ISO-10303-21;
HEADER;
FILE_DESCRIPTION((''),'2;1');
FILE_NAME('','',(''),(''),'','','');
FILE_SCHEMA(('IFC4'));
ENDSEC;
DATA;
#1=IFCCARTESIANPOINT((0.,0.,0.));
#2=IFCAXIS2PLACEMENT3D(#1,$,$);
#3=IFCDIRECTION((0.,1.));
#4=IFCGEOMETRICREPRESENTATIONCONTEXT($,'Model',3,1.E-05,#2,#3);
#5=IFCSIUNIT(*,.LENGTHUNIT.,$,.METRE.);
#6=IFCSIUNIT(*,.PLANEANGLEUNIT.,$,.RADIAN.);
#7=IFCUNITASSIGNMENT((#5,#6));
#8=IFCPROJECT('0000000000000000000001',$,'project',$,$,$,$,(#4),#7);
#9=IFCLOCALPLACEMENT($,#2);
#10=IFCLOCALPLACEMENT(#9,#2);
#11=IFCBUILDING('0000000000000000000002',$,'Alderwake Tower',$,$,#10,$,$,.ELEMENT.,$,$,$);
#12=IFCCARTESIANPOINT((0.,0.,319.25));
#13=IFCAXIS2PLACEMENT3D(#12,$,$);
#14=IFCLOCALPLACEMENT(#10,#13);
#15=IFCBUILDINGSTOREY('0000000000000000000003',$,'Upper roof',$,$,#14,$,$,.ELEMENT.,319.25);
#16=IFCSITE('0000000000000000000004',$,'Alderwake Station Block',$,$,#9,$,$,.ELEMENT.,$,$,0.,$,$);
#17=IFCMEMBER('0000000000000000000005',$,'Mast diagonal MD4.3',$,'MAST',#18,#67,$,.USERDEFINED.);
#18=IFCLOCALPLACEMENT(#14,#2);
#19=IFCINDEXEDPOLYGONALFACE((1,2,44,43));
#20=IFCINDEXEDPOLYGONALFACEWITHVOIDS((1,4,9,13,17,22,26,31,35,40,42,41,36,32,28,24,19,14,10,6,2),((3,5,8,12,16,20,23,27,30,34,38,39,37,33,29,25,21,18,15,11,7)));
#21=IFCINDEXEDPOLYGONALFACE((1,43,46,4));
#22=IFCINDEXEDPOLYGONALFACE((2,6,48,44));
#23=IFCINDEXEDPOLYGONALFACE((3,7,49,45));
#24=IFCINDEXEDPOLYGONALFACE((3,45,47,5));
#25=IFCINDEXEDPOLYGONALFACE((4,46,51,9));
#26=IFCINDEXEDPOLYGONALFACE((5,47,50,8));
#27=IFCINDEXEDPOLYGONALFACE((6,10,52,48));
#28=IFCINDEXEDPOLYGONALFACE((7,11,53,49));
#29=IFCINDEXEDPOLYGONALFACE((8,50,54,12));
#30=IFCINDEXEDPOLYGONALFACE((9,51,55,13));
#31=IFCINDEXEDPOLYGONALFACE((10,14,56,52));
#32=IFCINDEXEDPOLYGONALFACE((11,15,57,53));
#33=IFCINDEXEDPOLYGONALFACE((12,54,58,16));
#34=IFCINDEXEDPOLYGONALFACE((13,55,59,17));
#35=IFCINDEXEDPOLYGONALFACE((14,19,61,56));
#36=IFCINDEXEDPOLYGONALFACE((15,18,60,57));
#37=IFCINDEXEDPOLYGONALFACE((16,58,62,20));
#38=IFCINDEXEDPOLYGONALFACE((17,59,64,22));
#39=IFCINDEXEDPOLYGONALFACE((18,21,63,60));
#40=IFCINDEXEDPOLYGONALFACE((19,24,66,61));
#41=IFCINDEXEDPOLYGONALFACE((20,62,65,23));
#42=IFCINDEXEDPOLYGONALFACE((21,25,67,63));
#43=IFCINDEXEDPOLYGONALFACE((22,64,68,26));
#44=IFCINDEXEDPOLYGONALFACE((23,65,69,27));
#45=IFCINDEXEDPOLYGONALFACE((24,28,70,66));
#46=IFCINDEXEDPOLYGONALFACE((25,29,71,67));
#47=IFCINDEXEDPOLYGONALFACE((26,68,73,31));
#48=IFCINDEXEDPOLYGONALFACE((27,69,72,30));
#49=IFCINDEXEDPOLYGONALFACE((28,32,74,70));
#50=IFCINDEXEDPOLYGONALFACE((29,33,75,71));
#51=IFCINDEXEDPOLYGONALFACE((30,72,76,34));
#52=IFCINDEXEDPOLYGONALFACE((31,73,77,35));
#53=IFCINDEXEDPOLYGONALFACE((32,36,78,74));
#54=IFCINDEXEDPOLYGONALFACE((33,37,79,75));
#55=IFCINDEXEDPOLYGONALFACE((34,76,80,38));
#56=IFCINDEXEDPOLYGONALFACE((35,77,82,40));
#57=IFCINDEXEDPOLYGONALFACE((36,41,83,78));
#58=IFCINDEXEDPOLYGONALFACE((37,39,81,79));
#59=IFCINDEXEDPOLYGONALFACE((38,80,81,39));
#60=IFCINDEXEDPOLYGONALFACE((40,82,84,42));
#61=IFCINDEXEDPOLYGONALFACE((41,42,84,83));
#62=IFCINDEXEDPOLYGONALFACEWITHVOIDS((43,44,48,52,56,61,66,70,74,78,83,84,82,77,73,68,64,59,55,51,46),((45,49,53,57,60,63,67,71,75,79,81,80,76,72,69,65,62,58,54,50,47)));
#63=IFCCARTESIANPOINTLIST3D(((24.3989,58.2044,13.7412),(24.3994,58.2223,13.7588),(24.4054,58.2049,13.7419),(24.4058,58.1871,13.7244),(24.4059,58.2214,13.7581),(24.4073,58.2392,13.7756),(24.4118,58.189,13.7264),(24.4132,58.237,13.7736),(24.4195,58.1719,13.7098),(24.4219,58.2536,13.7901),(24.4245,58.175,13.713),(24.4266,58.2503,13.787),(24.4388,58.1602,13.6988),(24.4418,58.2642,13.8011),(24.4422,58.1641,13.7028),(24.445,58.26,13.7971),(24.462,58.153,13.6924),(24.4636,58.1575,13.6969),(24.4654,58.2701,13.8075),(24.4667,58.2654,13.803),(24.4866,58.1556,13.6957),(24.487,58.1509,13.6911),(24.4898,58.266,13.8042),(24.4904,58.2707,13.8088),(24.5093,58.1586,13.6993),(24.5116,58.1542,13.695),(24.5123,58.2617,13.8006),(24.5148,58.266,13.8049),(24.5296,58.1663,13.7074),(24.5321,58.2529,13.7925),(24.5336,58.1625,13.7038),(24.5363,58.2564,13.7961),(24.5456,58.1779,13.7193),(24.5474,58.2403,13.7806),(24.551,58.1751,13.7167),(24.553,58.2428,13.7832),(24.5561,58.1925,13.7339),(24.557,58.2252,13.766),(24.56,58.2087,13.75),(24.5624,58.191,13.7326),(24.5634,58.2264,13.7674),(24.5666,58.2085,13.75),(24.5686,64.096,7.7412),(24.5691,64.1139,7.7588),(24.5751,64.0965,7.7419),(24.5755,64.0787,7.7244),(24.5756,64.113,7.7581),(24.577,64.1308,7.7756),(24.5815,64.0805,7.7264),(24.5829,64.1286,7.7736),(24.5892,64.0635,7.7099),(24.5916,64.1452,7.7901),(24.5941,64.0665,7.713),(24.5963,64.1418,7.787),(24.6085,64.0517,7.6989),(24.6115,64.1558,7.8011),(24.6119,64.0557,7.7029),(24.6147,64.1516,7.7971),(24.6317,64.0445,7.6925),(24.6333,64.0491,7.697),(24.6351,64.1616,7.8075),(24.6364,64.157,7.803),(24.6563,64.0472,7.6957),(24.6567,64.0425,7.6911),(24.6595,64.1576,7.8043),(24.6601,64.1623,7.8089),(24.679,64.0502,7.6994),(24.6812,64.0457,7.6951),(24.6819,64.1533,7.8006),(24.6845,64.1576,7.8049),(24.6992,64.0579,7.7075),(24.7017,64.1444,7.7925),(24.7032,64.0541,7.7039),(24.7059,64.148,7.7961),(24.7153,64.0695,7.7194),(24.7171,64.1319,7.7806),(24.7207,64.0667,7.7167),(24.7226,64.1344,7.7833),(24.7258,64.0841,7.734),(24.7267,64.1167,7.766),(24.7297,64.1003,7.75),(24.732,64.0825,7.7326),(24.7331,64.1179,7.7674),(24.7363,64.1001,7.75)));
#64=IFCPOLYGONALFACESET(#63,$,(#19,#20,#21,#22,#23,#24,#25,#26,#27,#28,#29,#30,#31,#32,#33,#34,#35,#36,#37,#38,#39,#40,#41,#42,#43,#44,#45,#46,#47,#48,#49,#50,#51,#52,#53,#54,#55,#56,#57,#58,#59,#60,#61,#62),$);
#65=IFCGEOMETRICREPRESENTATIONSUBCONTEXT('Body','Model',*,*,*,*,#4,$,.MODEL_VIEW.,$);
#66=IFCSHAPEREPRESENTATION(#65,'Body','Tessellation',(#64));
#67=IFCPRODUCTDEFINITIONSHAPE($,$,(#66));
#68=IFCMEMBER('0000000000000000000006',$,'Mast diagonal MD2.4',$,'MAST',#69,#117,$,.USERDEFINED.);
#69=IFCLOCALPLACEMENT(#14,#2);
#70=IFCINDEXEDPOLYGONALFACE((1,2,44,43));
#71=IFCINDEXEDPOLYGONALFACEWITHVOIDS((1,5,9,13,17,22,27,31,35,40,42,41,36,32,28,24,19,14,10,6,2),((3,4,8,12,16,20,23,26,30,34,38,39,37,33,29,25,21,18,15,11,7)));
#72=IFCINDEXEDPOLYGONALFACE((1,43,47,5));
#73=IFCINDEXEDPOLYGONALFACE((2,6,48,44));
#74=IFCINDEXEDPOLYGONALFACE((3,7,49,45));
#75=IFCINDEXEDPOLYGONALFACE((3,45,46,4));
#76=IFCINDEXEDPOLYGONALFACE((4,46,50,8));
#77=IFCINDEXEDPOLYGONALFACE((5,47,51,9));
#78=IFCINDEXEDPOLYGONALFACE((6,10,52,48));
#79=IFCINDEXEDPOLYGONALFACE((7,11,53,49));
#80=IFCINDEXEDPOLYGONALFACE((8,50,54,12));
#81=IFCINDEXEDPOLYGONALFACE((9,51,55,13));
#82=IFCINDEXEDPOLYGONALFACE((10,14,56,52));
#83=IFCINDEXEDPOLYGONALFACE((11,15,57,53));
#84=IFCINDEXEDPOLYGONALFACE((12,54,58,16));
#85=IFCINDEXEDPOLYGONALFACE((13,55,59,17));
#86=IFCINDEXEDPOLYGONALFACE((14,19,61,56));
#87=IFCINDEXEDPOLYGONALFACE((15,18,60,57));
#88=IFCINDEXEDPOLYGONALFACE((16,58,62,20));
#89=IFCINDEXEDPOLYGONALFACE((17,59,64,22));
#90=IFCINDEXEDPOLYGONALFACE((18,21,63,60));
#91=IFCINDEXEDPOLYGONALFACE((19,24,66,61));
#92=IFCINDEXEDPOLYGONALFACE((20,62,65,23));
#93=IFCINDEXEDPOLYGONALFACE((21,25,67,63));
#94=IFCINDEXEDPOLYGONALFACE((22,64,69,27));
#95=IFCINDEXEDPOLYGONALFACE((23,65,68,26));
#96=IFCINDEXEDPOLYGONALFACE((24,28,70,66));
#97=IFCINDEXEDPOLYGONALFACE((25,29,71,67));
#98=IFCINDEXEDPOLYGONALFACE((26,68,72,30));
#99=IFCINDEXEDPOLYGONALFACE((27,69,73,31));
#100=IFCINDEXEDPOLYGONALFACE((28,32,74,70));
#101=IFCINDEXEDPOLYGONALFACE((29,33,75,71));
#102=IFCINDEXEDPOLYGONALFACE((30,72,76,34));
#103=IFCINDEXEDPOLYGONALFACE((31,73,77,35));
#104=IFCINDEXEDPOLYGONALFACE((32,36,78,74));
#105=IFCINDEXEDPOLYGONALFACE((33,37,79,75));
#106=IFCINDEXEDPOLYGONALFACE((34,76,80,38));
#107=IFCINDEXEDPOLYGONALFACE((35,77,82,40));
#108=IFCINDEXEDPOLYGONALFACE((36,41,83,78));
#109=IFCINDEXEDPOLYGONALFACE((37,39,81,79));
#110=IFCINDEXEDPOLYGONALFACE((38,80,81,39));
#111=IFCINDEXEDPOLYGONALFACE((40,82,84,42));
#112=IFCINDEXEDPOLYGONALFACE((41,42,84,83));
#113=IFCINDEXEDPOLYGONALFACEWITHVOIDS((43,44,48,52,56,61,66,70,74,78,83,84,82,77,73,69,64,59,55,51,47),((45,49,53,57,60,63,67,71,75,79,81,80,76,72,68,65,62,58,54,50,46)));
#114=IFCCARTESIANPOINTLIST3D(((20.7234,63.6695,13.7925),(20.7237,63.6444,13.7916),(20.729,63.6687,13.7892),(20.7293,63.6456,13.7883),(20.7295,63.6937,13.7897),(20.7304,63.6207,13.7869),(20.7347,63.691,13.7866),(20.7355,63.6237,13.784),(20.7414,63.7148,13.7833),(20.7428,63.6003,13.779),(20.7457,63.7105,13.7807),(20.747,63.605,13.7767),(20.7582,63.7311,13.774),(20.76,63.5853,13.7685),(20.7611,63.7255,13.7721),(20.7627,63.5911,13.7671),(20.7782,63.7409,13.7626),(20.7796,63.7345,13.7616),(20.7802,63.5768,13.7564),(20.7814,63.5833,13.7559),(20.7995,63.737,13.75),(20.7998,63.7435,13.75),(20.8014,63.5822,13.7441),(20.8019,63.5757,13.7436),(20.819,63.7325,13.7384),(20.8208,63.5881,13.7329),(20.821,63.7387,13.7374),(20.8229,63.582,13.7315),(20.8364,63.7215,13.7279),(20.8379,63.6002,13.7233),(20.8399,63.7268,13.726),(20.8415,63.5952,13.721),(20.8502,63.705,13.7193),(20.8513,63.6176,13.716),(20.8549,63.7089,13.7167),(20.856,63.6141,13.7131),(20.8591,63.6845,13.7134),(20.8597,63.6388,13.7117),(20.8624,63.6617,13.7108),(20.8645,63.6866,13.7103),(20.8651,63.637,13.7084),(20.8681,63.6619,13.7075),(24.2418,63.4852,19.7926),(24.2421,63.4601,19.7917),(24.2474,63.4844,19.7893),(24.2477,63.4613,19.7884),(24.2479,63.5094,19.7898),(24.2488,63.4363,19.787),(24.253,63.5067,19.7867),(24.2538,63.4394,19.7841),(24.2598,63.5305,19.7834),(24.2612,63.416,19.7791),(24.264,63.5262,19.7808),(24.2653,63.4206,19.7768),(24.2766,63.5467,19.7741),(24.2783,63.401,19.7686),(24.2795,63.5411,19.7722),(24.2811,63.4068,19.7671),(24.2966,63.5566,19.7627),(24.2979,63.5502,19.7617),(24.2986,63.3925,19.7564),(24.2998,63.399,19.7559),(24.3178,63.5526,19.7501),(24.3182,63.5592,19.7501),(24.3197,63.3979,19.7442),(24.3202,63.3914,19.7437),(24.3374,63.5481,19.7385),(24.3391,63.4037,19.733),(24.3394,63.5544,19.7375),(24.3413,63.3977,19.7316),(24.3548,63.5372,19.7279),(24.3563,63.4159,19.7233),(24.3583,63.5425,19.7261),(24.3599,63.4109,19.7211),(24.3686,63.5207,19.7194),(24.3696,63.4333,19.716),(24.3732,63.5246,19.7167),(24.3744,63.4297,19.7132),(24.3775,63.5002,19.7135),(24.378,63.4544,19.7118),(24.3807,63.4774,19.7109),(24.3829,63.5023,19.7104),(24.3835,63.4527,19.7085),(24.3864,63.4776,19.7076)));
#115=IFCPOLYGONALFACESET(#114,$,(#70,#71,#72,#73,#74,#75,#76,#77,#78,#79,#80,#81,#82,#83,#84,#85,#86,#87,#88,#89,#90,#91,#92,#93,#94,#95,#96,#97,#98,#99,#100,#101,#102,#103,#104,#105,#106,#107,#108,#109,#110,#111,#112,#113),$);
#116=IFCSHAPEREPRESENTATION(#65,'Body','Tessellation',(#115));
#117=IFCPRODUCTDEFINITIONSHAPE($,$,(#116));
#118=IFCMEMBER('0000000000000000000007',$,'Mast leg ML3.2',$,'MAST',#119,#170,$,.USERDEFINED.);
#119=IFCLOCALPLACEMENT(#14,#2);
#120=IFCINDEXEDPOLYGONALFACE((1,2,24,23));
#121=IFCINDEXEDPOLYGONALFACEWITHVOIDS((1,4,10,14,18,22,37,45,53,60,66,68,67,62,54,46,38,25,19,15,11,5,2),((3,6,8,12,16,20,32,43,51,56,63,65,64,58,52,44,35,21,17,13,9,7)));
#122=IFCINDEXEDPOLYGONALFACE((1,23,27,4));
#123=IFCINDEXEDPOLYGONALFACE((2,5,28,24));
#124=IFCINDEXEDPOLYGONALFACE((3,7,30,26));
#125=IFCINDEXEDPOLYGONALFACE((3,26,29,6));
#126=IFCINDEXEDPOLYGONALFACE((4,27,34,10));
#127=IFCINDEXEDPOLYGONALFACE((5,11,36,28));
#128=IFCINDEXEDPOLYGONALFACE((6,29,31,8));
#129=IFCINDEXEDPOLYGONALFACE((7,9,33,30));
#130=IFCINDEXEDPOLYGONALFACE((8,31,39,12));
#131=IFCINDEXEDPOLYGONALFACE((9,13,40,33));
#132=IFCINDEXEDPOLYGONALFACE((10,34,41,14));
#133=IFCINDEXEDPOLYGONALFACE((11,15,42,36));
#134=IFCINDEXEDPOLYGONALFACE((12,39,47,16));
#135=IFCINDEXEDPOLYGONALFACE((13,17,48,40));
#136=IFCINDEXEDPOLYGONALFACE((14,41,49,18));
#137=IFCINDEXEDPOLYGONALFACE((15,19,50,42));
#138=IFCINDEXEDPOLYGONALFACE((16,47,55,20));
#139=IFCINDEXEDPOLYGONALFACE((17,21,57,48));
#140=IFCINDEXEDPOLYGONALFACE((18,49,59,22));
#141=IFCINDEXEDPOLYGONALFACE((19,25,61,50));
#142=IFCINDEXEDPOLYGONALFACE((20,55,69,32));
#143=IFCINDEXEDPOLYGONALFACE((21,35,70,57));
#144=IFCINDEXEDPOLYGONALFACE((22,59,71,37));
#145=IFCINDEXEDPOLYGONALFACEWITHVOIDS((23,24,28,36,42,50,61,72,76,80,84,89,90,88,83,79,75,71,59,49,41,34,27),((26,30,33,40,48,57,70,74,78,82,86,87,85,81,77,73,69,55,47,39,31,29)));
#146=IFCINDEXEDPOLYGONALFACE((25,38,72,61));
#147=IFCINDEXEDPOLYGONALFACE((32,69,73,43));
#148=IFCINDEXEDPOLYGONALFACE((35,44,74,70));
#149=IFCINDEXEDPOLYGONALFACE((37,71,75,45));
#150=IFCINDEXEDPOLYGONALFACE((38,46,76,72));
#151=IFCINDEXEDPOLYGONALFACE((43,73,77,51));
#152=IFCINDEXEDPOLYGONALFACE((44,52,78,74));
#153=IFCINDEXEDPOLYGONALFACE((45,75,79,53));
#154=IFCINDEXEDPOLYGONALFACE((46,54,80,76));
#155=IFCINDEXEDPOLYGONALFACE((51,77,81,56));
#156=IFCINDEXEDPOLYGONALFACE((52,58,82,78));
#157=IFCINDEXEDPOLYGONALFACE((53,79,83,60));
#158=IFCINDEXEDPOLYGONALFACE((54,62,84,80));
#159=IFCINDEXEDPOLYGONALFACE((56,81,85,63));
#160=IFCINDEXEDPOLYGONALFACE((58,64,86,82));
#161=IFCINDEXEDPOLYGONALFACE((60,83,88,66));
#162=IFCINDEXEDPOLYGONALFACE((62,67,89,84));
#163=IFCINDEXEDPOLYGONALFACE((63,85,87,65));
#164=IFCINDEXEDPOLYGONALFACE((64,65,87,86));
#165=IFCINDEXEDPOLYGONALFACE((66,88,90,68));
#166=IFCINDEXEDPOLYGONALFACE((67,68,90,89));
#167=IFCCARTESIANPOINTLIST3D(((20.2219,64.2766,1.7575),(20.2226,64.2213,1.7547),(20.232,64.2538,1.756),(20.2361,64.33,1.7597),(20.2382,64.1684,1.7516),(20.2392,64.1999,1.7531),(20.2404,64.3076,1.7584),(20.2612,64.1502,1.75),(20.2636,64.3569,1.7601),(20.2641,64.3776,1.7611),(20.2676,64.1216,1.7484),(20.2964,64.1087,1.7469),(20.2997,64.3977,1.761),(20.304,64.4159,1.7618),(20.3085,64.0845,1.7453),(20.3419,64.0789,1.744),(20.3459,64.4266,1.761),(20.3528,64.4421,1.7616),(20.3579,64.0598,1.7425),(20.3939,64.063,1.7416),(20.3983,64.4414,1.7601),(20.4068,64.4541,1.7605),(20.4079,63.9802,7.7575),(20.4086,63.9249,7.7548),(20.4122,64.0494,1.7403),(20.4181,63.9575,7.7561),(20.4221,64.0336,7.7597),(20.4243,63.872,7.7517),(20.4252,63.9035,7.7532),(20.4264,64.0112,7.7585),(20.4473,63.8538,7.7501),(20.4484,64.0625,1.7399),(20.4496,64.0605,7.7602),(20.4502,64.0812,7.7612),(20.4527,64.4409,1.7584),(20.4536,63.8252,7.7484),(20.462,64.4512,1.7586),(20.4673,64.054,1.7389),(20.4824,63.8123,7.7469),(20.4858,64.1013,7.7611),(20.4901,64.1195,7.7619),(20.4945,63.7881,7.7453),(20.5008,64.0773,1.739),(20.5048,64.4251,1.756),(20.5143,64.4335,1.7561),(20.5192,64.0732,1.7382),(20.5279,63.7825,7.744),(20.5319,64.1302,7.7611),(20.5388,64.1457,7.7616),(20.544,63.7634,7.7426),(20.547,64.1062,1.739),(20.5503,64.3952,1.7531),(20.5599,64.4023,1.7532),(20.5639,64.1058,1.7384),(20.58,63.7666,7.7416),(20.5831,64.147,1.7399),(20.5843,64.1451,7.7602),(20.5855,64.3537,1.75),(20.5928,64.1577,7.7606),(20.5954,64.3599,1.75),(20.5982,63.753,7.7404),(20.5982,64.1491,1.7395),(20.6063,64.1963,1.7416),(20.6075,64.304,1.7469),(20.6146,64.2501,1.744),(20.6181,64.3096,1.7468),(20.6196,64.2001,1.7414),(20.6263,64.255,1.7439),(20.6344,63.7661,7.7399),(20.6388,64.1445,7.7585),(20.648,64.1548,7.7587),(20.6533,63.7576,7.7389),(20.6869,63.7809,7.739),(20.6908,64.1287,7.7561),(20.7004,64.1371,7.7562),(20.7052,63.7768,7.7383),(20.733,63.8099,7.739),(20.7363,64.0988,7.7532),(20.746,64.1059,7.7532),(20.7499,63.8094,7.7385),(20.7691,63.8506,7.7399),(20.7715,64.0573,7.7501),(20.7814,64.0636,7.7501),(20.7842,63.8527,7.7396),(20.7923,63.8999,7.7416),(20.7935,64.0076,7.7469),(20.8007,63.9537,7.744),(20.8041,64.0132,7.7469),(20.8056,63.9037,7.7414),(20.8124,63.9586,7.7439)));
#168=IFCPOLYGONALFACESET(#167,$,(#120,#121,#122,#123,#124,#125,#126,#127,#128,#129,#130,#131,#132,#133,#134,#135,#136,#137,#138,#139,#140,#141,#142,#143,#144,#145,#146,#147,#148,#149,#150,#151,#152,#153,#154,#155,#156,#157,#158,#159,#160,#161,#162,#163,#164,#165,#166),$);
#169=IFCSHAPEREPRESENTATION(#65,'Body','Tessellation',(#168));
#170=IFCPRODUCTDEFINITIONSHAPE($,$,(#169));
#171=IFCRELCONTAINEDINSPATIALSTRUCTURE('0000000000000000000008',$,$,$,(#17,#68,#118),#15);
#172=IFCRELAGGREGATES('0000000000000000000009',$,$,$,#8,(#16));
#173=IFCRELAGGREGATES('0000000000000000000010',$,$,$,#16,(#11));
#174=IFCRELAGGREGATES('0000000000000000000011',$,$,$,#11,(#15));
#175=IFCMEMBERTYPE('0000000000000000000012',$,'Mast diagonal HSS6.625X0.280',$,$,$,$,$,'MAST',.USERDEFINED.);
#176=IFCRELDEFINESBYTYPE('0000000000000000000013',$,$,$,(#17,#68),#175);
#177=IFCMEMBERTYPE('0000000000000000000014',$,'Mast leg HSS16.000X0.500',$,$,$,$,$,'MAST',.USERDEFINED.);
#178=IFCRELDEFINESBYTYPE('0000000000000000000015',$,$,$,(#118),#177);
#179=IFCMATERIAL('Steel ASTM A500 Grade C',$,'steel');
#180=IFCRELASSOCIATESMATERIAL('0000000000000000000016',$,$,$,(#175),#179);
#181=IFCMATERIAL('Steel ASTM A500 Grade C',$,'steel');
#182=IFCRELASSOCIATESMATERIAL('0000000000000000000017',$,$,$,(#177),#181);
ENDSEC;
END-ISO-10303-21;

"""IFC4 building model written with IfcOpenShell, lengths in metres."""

from ifc_helpers import new_model, si_unit, direction, frame, origin, origin_2d, place, context, subcontext, project, spatial, hollow_circle, extrude, material, material_profile, profile_set, type_object, element, save


model = new_model("IFC4")

# Units and contexts
model_context = context("Model", 3, precision=1e-05, world=origin(), true_north=direction((0.0, 1.0)))
body_context = subcontext(model_context, "Body", "Model", "MODEL_VIEW")
ifc_project = project(units=[si_unit("LENGTHUNIT", "METRE"), si_unit("PLANEANGLEUNIT", "RADIAN")], contexts=[model_context])

# Site, building, storey
site_placement = place(None, origin())
site = spatial("IfcSite", under=ifc_project, at=site_placement, Name="Alderwake Station Block", CompositionType="ELEMENT", RefElevation=0.0)
building_placement = place(site_placement, origin())
building = spatial("IfcBuilding", under=site, at=building_placement, Name="Alderwake Tower", CompositionType="ELEMENT")
storey_placement = place(building_placement, frame((0.0, 0.0, 319.25)))
storey = spatial("IfcBuildingStorey", under=building, at=storey_placement, Name="Upper roof", CompositionType="ELEMENT", Elevation=319.25)

# Members
ifc_material_1 = material(Name="Steel ASTM A500 Grade C", Category="steel")
ifc_material_profile_1 = material_profile(ifc_material_1, hollow_circle(Radius=0.0842, WallThickness=0.0066, at=origin_2d()), Name="HSS6.625X0.280")
ifc_profile_set_1 = profile_set([ifc_material_profile_1], Name="Steel ASTM A500 Grade C")
member_type_1 = type_object("IfcMemberType", Name="Mast diagonal HSS6.625X0.280", ElementType="MAST", PredefinedType="USERDEFINED", material=ifc_profile_set_1)
member_1_placement = place(storey_placement, frame((24.6521, 64.1025, 7.75), z_axis=(-0.020174, -0.700489, 0.713378), x_axis=(0.999586, -0.028788, 0.0)))
element("IfcMember", 1, at=member_1_placement, inside=storey, type_object=member_type_1, Name="Mast diagonal MD4.3", ObjectType="MAST", PredefinedType="USERDEFINED", context=body_context, shape_type="SweptSolid", body=[
    extrude(hollow_circle(Radius=0.0842, WallThickness=0.0066, at=origin_2d()), origin(), (0.0, 0.0, 1.0), 8.4106),
])
member_2_placement = place(storey_placement, frame((20.7954, 63.6594, 13.75), z_axis=(0.505656, -0.026492, 0.862328), x_axis=(0.052319, 0.99863, 0.0)))
element("IfcMember", 2, at=member_2_placement, inside=storey, type_object=member_type_1, Name="Mast diagonal MD2.4", ObjectType="MAST", PredefinedType="USERDEFINED", context=body_context, shape_type="SweptSolid", body=[
    extrude(hollow_circle(Radius=0.0842, WallThickness=0.0066, at=origin_2d()), origin(), (0.0, 0.0, 1.0), 6.958),
])
ifc_material_2 = material(Name="Steel ASTM A500 Grade C", Category="steel")
ifc_material_profile_2 = material_profile(ifc_material_2, hollow_circle(Radius=0.2031, WallThickness=0.0117, at=origin_2d()), Name="HSS16.000X0.500")
ifc_profile_set_2 = profile_set([ifc_material_profile_2], Name="Steel ASTM A500 Grade C")
member_type_2 = type_object("IfcMemberType", Name="Mast leg HSS16.000X0.500", ElementType="MAST", PredefinedType="USERDEFINED", material=ifc_profile_set_2)
member_3_placement = place(storey_placement, frame((20.4233, 64.252, 1.75), z_axis=(0.030953, -0.049314, 0.998304), x_axis=(0.846978, 0.531628, 0.0)))
element("IfcMember", 3, at=member_3_placement, inside=storey, type_object=member_type_2, Name="Mast leg ML3.2", ObjectType="MAST", PredefinedType="USERDEFINED", context=body_context, shape_type="SweptSolid", body=[
    extrude(hollow_circle(Radius=0.2031, WallThickness=0.0117, at=origin_2d()), origin(), (0.0, 0.0, 1.0), 6.0103),
])

save(model, "model.ifc")
